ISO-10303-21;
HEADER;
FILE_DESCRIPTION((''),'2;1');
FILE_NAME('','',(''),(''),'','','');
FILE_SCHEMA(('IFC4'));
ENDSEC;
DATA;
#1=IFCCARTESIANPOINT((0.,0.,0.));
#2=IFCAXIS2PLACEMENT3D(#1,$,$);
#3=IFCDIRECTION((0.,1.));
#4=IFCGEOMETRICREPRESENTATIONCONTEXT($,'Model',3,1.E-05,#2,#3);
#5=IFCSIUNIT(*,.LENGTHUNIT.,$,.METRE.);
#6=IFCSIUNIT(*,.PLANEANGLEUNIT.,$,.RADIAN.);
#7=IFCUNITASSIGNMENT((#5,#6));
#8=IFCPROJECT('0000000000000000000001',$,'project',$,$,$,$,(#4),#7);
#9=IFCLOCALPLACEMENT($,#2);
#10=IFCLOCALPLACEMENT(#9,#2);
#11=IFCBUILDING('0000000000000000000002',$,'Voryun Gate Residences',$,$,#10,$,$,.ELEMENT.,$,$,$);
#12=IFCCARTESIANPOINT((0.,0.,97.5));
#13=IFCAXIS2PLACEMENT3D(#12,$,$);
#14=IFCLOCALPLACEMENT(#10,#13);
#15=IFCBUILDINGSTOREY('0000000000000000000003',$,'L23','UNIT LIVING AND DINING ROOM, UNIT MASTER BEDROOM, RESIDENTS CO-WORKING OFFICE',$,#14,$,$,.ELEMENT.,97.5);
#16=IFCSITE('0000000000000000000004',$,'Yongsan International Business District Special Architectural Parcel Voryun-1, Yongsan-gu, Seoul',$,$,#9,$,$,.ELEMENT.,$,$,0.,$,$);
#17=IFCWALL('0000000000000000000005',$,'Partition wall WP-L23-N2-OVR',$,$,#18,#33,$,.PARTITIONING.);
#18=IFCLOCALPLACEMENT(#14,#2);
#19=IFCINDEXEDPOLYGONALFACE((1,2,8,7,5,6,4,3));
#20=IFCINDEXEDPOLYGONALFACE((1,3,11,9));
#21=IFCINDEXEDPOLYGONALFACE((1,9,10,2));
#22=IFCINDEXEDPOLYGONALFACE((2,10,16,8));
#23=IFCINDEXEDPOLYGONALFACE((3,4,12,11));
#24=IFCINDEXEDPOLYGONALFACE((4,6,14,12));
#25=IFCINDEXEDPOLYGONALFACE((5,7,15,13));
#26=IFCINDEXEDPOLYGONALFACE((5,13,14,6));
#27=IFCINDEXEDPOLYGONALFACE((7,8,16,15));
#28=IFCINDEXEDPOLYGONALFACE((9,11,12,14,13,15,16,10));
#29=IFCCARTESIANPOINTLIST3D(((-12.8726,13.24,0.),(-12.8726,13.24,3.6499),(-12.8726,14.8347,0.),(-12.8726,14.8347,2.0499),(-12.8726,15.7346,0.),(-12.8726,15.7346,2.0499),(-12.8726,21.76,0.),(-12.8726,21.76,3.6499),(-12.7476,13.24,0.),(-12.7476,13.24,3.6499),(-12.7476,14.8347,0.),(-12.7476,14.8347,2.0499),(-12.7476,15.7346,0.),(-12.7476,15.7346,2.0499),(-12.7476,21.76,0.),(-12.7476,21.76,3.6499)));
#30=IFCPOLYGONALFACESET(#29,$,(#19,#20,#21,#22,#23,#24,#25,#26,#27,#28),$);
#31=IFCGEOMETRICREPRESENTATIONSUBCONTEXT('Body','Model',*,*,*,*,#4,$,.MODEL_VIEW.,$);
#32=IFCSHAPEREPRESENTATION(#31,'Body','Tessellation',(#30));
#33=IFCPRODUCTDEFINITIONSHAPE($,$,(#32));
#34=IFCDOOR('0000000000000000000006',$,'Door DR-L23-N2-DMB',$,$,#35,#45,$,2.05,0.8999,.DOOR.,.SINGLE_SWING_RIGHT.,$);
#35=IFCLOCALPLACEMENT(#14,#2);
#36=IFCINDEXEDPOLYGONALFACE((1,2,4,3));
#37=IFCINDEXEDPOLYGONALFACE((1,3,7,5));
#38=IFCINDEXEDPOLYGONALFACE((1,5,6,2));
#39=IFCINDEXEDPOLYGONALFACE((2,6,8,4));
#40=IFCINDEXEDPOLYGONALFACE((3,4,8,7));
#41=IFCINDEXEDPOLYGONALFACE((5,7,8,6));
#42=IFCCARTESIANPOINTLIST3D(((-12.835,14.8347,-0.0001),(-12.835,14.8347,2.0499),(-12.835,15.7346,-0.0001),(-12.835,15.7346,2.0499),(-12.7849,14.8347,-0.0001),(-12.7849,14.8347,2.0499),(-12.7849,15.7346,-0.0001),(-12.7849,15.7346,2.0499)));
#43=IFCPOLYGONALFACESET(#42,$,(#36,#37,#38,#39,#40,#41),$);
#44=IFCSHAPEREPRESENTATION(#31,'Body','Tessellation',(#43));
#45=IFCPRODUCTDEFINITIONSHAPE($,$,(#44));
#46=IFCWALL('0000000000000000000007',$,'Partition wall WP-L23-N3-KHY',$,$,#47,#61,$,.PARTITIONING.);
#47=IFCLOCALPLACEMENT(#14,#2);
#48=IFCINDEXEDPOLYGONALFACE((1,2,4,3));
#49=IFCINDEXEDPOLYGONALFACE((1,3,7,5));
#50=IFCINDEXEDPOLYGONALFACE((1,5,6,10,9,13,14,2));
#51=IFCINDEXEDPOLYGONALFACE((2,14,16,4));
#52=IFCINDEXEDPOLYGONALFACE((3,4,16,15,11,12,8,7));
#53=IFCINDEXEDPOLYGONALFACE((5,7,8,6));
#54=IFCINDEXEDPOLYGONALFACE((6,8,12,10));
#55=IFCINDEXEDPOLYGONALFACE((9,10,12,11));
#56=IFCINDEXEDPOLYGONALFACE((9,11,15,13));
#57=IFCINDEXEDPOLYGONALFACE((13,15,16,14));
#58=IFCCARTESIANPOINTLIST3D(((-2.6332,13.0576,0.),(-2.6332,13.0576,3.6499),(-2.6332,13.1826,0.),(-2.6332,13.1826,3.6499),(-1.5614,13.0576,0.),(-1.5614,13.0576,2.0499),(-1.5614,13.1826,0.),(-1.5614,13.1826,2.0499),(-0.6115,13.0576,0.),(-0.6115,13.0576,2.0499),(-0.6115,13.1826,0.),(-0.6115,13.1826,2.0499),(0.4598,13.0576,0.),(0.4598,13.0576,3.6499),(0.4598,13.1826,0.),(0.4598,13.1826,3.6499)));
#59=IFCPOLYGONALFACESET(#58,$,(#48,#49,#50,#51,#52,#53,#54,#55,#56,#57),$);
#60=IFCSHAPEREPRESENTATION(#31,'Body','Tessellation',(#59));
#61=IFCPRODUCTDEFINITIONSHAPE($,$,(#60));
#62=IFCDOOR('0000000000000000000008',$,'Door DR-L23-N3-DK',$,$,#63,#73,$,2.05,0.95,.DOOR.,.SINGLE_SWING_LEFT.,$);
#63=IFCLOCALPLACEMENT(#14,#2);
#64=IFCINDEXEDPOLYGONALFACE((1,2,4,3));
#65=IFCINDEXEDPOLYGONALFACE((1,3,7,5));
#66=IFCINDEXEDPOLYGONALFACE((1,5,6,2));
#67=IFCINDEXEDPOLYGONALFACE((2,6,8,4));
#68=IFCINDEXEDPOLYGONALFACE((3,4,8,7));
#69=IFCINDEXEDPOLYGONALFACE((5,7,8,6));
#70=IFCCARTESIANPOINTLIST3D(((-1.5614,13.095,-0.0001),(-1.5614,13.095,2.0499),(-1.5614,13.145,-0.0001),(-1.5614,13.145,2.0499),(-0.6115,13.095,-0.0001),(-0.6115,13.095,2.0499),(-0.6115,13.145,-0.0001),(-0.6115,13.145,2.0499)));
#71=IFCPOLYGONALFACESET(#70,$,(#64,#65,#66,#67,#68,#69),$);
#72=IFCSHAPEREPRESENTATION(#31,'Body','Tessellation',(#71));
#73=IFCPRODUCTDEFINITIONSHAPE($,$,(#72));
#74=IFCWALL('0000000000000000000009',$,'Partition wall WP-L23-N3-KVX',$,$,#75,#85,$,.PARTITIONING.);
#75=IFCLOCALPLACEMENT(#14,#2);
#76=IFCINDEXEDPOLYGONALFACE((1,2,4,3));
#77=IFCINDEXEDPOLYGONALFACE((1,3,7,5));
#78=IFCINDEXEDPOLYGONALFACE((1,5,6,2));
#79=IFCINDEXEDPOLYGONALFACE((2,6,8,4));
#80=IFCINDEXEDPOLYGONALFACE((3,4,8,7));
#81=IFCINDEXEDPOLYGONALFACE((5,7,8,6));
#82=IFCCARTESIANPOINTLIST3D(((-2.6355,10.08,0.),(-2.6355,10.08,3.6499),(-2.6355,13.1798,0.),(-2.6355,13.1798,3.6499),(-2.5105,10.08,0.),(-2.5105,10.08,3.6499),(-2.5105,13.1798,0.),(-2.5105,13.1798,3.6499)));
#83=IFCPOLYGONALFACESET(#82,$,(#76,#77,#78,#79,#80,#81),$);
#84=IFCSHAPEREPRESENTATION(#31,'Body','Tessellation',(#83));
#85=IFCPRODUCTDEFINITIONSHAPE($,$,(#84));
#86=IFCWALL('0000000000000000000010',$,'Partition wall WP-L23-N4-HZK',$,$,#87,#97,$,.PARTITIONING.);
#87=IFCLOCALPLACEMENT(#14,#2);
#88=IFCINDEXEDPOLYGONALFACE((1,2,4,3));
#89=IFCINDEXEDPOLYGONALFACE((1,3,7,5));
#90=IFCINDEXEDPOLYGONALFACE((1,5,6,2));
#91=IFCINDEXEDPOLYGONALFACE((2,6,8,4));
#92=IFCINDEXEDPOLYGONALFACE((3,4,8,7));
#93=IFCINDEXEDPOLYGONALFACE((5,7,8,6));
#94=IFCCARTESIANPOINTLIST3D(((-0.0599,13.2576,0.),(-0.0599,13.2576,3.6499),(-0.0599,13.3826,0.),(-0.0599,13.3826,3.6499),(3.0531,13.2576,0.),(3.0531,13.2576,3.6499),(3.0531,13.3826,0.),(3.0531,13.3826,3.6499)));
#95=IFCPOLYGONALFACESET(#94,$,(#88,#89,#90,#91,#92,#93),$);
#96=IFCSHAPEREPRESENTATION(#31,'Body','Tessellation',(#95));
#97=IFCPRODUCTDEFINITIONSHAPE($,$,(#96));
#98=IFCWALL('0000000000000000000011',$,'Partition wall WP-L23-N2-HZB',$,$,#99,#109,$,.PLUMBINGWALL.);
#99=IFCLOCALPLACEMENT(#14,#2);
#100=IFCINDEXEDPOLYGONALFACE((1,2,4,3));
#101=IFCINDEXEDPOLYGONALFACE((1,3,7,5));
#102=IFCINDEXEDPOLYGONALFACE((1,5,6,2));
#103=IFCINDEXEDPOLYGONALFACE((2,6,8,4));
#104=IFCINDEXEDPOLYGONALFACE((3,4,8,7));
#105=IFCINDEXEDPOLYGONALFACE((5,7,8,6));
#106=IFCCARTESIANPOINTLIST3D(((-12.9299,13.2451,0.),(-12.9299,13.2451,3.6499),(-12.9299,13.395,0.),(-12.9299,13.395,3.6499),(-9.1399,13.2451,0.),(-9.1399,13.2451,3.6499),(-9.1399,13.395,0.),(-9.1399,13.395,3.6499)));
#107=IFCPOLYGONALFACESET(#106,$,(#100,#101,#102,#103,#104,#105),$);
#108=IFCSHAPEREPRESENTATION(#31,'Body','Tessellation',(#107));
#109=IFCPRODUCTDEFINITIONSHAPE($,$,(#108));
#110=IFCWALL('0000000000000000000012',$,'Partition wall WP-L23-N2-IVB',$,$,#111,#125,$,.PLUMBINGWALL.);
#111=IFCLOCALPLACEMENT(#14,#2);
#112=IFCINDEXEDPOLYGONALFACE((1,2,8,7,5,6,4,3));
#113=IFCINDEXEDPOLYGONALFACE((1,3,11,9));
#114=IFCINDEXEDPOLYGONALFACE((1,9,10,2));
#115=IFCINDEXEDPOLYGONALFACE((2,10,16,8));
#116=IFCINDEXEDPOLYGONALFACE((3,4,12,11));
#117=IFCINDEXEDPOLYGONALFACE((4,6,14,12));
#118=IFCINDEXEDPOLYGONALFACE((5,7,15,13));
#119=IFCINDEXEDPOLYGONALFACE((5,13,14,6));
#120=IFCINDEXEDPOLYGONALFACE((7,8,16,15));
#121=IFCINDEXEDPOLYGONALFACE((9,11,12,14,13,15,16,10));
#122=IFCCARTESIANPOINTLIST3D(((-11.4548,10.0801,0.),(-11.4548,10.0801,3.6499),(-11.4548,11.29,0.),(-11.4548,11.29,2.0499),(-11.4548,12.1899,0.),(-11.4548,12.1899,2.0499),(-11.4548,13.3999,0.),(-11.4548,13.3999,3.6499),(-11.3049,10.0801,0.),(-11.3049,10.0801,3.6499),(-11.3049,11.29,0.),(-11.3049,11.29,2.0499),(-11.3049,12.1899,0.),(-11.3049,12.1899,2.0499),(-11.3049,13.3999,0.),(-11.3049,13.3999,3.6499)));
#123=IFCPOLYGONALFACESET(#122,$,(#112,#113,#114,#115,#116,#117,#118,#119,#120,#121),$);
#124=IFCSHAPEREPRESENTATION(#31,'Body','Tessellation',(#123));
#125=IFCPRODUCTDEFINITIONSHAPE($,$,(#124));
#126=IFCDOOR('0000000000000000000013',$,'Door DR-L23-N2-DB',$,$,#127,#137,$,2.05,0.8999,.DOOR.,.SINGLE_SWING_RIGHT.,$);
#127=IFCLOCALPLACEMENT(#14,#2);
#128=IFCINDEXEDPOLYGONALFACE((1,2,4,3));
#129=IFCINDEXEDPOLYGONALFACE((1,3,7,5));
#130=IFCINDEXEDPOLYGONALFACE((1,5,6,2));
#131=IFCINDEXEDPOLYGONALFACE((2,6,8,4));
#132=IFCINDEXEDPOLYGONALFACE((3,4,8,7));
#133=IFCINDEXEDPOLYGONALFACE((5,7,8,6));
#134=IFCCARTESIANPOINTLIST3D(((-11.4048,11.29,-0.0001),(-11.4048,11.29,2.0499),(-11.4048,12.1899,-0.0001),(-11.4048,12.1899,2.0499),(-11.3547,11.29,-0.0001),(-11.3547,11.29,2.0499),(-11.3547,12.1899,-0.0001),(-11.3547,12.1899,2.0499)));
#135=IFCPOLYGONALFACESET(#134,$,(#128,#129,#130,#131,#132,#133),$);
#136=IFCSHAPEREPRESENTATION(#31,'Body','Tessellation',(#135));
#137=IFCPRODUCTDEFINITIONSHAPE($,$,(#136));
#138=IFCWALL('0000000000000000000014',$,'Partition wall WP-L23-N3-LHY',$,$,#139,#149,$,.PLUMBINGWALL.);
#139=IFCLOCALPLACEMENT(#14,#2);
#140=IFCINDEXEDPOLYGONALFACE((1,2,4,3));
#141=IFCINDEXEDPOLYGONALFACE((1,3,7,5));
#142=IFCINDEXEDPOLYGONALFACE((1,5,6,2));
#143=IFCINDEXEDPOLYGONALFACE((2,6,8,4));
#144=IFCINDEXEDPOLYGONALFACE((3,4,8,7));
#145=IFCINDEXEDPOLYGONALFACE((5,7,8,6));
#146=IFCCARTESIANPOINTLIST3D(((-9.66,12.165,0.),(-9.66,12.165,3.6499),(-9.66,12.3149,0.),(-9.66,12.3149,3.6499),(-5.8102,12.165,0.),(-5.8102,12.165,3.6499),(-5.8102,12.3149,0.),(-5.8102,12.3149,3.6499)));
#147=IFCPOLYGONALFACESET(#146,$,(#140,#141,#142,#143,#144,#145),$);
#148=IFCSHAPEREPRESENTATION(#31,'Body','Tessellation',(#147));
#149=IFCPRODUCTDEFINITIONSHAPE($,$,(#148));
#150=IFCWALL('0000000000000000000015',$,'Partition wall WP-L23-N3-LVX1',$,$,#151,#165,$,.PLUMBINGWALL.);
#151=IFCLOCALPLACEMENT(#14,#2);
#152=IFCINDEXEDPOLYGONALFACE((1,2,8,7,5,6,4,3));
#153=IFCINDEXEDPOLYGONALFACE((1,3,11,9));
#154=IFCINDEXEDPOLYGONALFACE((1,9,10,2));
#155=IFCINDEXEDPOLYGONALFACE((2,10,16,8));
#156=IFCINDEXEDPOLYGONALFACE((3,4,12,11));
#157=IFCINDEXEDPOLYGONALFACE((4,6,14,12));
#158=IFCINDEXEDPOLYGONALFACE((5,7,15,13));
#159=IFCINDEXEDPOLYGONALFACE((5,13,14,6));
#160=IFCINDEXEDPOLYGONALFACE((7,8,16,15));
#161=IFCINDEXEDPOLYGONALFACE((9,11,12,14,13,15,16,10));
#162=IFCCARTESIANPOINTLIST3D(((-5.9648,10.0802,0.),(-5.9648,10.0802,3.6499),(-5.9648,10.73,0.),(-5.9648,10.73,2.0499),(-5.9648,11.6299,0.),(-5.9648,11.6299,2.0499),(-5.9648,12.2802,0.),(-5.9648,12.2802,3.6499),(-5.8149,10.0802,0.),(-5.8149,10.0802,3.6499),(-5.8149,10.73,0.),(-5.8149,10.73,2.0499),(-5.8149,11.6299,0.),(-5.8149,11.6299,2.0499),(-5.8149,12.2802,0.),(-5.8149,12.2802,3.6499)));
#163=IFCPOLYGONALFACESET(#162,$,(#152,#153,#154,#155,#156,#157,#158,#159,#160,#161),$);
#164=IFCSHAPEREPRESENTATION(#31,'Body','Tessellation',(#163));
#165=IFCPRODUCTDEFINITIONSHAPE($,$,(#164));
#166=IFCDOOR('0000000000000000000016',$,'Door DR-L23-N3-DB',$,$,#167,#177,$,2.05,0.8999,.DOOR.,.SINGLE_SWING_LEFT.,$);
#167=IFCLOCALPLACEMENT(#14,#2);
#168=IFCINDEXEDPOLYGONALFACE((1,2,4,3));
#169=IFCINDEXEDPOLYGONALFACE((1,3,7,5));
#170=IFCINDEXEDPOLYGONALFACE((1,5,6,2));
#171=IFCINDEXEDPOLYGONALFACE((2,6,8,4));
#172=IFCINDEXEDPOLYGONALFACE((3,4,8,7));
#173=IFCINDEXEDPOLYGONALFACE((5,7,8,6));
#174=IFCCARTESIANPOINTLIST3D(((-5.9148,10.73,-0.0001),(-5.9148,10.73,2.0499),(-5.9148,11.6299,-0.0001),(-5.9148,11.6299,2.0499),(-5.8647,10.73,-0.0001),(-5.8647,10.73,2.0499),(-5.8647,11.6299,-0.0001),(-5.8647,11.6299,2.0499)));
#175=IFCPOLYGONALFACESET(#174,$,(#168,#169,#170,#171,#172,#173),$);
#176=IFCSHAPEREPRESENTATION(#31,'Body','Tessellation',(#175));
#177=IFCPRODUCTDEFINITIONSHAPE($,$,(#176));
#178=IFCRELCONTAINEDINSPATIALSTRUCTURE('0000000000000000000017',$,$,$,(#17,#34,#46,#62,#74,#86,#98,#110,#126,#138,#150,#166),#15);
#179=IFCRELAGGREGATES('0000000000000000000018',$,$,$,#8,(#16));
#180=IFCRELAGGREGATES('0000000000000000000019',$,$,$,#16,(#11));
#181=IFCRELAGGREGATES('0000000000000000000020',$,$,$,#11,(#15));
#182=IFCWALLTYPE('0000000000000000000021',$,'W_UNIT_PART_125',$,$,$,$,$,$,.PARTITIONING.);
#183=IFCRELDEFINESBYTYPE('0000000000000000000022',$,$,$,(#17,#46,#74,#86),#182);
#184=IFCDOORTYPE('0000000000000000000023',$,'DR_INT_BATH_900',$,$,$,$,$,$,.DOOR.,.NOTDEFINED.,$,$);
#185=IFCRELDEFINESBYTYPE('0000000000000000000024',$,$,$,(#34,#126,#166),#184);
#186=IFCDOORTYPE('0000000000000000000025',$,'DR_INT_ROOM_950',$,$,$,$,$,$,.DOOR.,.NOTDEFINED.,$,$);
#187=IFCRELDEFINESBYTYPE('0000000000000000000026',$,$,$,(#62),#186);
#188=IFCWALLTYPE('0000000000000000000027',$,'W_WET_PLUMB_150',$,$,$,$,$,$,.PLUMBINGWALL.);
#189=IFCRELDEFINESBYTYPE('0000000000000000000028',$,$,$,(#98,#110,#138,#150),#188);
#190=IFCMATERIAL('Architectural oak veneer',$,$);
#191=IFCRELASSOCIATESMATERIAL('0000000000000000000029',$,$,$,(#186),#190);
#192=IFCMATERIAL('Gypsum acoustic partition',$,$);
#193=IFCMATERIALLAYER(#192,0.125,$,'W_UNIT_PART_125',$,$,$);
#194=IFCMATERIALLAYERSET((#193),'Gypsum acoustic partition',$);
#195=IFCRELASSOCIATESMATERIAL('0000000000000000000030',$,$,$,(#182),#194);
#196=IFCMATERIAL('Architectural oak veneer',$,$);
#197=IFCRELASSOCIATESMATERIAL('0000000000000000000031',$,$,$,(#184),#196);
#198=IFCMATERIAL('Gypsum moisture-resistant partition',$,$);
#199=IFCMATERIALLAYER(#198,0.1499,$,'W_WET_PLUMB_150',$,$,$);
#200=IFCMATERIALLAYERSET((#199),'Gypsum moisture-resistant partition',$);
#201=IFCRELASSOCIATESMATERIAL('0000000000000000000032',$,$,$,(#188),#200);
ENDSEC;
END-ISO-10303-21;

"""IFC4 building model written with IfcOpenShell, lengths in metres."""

from ifc_helpers import new_model, si_unit, direction, frame, frame_2d, origin, place, context, subcontext, project, spatial, rectangle, extrude, material, layer, layer_set, type_object, element, fill, save


model = new_model("IFC4")

# Units and contexts
model_context = context("Model", 3, precision=1e-05, world=origin(), true_north=direction((0.0, 1.0)))
body_context = subcontext(model_context, "Body", "Model", "MODEL_VIEW")
ifc_project = project(units=[si_unit("LENGTHUNIT", "METRE"), si_unit("PLANEANGLEUNIT", "RADIAN")], contexts=[model_context])

# Site, building, storey
site_placement = place(None, origin())
site = spatial("IfcSite", under=ifc_project, at=site_placement, Name="Yongsan International Business District Special Architectural Parcel Voryun-1, Yongsan-gu, Seoul", CompositionType="ELEMENT", RefElevation=0.0)
building_placement = place(site_placement, origin())
building = spatial("IfcBuilding", under=site, at=building_placement, Name="Voryun Gate Residences", CompositionType="ELEMENT")
storey_placement = place(building_placement, frame((0.0, 0.0, 97.5)))
storey = spatial("IfcBuildingStorey", under=building, at=storey_placement, Name="L23", Description="UNIT LIVING AND DINING ROOM, UNIT MASTER BEDROOM, RESIDENTS CO-WORKING OFFICE", CompositionType="ELEMENT", Elevation=97.5)

# Shared definitions
ifc_material_1 = material(Name="Architectural oak veneer")
door_type_1 = type_object("IfcDoorType", Name="DR_INT_ROOM_950", OperationType="NOTDEFINED", PredefinedType="DOOR", material=ifc_material_1)

# Walls, openings, doors
ifc_material_2 = material(Name="Gypsum acoustic partition")
ifc_layer_1 = layer(ifc_material_2, 0.125, Name="W_UNIT_PART_125")
ifc_layer_set_1 = layer_set([ifc_layer_1], Name="Gypsum acoustic partition")
wall_type_1 = type_object("IfcWallType", Name="W_UNIT_PART_125", PredefinedType="PARTITIONING", material=ifc_layer_set_1)
wall_1_placement = place(storey_placement, frame((-12.8101, 13.24, 0.0), z_axis=(0.0, 0.0, 1.0), x_axis=(0.0, 1.0, 0.0)))
wall_1 = element("IfcWall", 1, at=wall_1_placement, inside=storey, type_object=wall_type_1, Name="Partition wall WP-L23-N2-OVR", PredefinedType="PARTITIONING", context=body_context, shape_type="SweptSolid", body=[
    extrude(rectangle(XDim=8.52, YDim=0.125, at=frame_2d((4.26, 0.0))), origin(), (0.0, 0.0, 1.0), 3.6499),
])
opening_1_placement = place(wall_1_placement, frame((1.5947, 0.0, 0.0)))
opening_1 = element("IfcOpeningElement", 2, at=opening_1_placement, cuts=wall_1, PredefinedType="OPENING", context=body_context, shape_type="SweptSolid", body=[
    extrude(rectangle(XDim=0.8999, YDim=2.05, at=frame_2d((0.45, 1.0249))), frame((0.0, 0.0725, 0.0), z_axis=(0.0, -1.0, 0.0), x_axis=(1.0, 0.0, 0.0)), (0.0, 0.0, 1.0), 0.145),
])
ifc_material_3 = material(Name="Architectural oak veneer")
door_type_2 = type_object("IfcDoorType", Name="DR_INT_BATH_900", OperationType="NOTDEFINED", PredefinedType="DOOR", material=ifc_material_3)
door_1_placement = place(opening_1_placement, origin())
door_1 = element("IfcDoor", 3, at=door_1_placement, inside=storey, type_object=door_type_2, Name="Door DR-L23-N2-DMB", OperationType="SINGLE_SWING_RIGHT", OverallHeight=2.05, OverallWidth=0.8999, PredefinedType="DOOR", context=body_context, shape_type="SweptSolid", body=[
    extrude(rectangle(XDim=0.8999, YDim=2.05, at=frame_2d((0.45, 1.0249))), frame((0.0, 0.0249, 0.0), z_axis=(0.0, -1.0, 0.0), x_axis=(1.0, 0.0, 0.0)), (0.0, 0.0, 1.0), 0.05),
])
fill(opening_1, door_1)
wall_2_placement = place(storey_placement, frame((-2.6331, 13.1201, 0.0), z_axis=(0.0, 0.0, 1.0), x_axis=(1.0, 0.0, 0.0)))
wall_2 = element("IfcWall", 4, at=wall_2_placement, inside=storey, type_object=wall_type_1, Name="Partition wall WP-L23-N3-KHY", PredefinedType="PARTITIONING", context=body_context, shape_type="SweptSolid", body=[
    extrude(rectangle(XDim=3.093, YDim=0.125, at=frame_2d((1.5464, 0.0))), origin(), (0.0, 0.0, 1.0), 3.6499),
])
opening_2_placement = place(wall_2_placement, frame((1.0715, 0.0, 0.0)))
opening_2 = element("IfcOpeningElement", 5, at=opening_2_placement, cuts=wall_2, PredefinedType="OPENING", context=body_context, shape_type="SweptSolid", body=[
    extrude(rectangle(XDim=0.95, YDim=2.05, at=frame_2d((0.4751, 1.0249))), frame((0.0, 0.0725, 0.0), z_axis=(0.0, -1.0, 0.0), x_axis=(1.0, 0.0, 0.0)), (0.0, 0.0, 1.0), 0.145),
])
door_2_placement = place(opening_2_placement, origin())
door_2 = element("IfcDoor", 6, at=door_2_placement, inside=storey, type_object=door_type_1, Name="Door DR-L23-N3-DK", OperationType="SINGLE_SWING_LEFT", OverallHeight=2.05, OverallWidth=0.95, PredefinedType="DOOR", context=body_context, shape_type="SweptSolid", body=[
    extrude(rectangle(XDim=0.95, YDim=2.05, at=frame_2d((0.4751, 1.0249))), frame((0.0, 0.0249, 0.0), z_axis=(0.0, -1.0, 0.0), x_axis=(1.0, 0.0, 0.0)), (0.0, 0.0, 1.0), 0.05),
])
fill(opening_2, door_2)

# Walls
wall_3_placement = place(storey_placement, frame((-2.573, 10.0801, 0.0), z_axis=(0.0, 0.0, 1.0), x_axis=(0.0, 1.0, 0.0)))
element("IfcWall", 7, at=wall_3_placement, inside=storey, type_object=wall_type_1, Name="Partition wall WP-L23-N3-KVX", PredefinedType="PARTITIONING", context=body_context, shape_type="SweptSolid", body=[
    extrude(rectangle(XDim=3.0999, YDim=0.125, at=frame_2d((1.5498, 0.0))), origin(), (0.0, 0.0, 1.0), 3.6499),
])
wall_4_placement = place(storey_placement, frame((-0.0601, 13.3201, 0.0), z_axis=(0.0, 0.0, 1.0), x_axis=(1.0, 0.0, 0.0)))
element("IfcWall", 8, at=wall_4_placement, inside=storey, type_object=wall_type_1, Name="Partition wall WP-L23-N4-HZK", PredefinedType="PARTITIONING", context=body_context, shape_type="SweptSolid", body=[
    extrude(rectangle(XDim=3.113, YDim=0.125, at=frame_2d((1.5566, 0.0))), origin(), (0.0, 0.0, 1.0), 3.6499),
])
ifc_material_4 = material(Name="Gypsum moisture-resistant partition")
ifc_layer_2 = layer(ifc_material_4, 0.1499, Name="W_WET_PLUMB_150")
ifc_layer_set_2 = layer_set([ifc_layer_2], Name="Gypsum moisture-resistant partition")
wall_type_2 = type_object("IfcWallType", Name="W_WET_PLUMB_150", PredefinedType="PLUMBINGWALL", material=ifc_layer_set_2)
wall_5_placement = place(storey_placement, frame((-12.9299, 13.3201, 0.0), z_axis=(0.0, 0.0, 1.0), x_axis=(1.0, 0.0, 0.0)))
element("IfcWall", 9, at=wall_5_placement, inside=storey, type_object=wall_type_2, Name="Partition wall WP-L23-N2-HZB", PredefinedType="PLUMBINGWALL", context=body_context, shape_type="SweptSolid", body=[
    extrude(rectangle(XDim=3.79, YDim=0.1499, at=frame_2d((1.895, 0.0))), origin(), (0.0, 0.0, 1.0), 3.6499),
])

# Wall, opening, door
wall_6_placement = place(storey_placement, frame((-11.3799, 10.0801, 0.0), z_axis=(0.0, 0.0, 1.0), x_axis=(0.0, 1.0, 0.0)))
wall_6 = element("IfcWall", 10, at=wall_6_placement, inside=storey, type_object=wall_type_2, Name="Partition wall WP-L23-N2-IVB", PredefinedType="PLUMBINGWALL", context=body_context, shape_type="SweptSolid", body=[
    extrude(rectangle(XDim=3.3198, YDim=0.1499, at=frame_2d((1.6599, 0.0))), origin(), (0.0, 0.0, 1.0), 3.6499),
])
opening_3_placement = place(wall_6_placement, frame((1.21, 0.0, 0.0)))
opening_3 = element("IfcOpeningElement", 11, at=opening_3_placement, cuts=wall_6, PredefinedType="OPENING", context=body_context, shape_type="SweptSolid", body=[
    extrude(rectangle(XDim=0.8999, YDim=2.05, at=frame_2d((0.45, 1.0249))), frame((0.0, 0.085, 0.0), z_axis=(0.0, -1.0, 0.0), x_axis=(1.0, 0.0, 0.0)), (0.0, 0.0, 1.0), 0.1699),
])
door_3_placement = place(opening_3_placement, origin())
door_3 = element("IfcDoor", 12, at=door_3_placement, inside=storey, type_object=door_type_2, Name="Door DR-L23-N2-DB", OperationType="SINGLE_SWING_RIGHT", OverallHeight=2.05, OverallWidth=0.8999, PredefinedType="DOOR", context=body_context, shape_type="SweptSolid", body=[
    extrude(rectangle(XDim=0.8999, YDim=2.05, at=frame_2d((0.45, 1.0249))), frame((0.0, 0.0249, 0.0), z_axis=(0.0, -1.0, 0.0), x_axis=(1.0, 0.0, 0.0)), (0.0, 0.0, 1.0), 0.05),
])
fill(opening_3, door_3)

# Wall
wall_7_placement = place(storey_placement, frame((-9.6599, 12.24, 0.0), z_axis=(0.0, 0.0, 1.0), x_axis=(1.0, 0.0, 0.0)))
element("IfcWall", 13, at=wall_7_placement, inside=storey, type_object=wall_type_2, Name="Partition wall WP-L23-N3-LHY", PredefinedType="PLUMBINGWALL", context=body_context, shape_type="SweptSolid", body=[
    extrude(rectangle(XDim=3.8499, YDim=0.1499, at=frame_2d((1.9248, 0.0))), origin(), (0.0, 0.0, 1.0), 3.6499),
])

# Wall, opening, door
wall_8_placement = place(storey_placement, frame((-5.8899, 10.0801, 0.0), z_axis=(0.0, 0.0, 1.0), x_axis=(0.0, 1.0, 0.0)))
wall_8 = element("IfcWall", 14, at=wall_8_placement, inside=storey, type_object=wall_type_2, Name="Partition wall WP-L23-N3-LVX1", PredefinedType="PLUMBINGWALL", context=body_context, shape_type="SweptSolid", body=[
    extrude(rectangle(XDim=2.2, YDim=0.1499, at=frame_2d((1.1001, 0.0))), origin(), (0.0, 0.0, 1.0), 3.6499),
])
opening_4_placement = place(wall_8_placement, frame((0.6499, 0.0, 0.0)))
opening_4 = element("IfcOpeningElement", 15, at=opening_4_placement, cuts=wall_8, PredefinedType="OPENING", context=body_context, shape_type="SweptSolid", body=[
    extrude(rectangle(XDim=0.8999, YDim=2.05, at=frame_2d((0.45, 1.0249))), frame((0.0, 0.085, 0.0), z_axis=(0.0, -1.0, 0.0), x_axis=(1.0, 0.0, 0.0)), (0.0, 0.0, 1.0), 0.1699),
])
door_4_placement = place(opening_4_placement, origin())
door_4 = element("IfcDoor", 16, at=door_4_placement, inside=storey, type_object=door_type_2, Name="Door DR-L23-N3-DB", OperationType="SINGLE_SWING_LEFT", OverallHeight=2.05, OverallWidth=0.8999, PredefinedType="DOOR", context=body_context, shape_type="SweptSolid", body=[
    extrude(rectangle(XDim=0.8999, YDim=2.05, at=frame_2d((0.45, 1.0249))), frame((0.0, 0.0249, 0.0), z_axis=(0.0, -1.0, 0.0), x_axis=(1.0, 0.0, 0.0)), (0.0, 0.0, 1.0), 0.05),
])
fill(opening_4, door_4)

save(model, "model.ifc")
